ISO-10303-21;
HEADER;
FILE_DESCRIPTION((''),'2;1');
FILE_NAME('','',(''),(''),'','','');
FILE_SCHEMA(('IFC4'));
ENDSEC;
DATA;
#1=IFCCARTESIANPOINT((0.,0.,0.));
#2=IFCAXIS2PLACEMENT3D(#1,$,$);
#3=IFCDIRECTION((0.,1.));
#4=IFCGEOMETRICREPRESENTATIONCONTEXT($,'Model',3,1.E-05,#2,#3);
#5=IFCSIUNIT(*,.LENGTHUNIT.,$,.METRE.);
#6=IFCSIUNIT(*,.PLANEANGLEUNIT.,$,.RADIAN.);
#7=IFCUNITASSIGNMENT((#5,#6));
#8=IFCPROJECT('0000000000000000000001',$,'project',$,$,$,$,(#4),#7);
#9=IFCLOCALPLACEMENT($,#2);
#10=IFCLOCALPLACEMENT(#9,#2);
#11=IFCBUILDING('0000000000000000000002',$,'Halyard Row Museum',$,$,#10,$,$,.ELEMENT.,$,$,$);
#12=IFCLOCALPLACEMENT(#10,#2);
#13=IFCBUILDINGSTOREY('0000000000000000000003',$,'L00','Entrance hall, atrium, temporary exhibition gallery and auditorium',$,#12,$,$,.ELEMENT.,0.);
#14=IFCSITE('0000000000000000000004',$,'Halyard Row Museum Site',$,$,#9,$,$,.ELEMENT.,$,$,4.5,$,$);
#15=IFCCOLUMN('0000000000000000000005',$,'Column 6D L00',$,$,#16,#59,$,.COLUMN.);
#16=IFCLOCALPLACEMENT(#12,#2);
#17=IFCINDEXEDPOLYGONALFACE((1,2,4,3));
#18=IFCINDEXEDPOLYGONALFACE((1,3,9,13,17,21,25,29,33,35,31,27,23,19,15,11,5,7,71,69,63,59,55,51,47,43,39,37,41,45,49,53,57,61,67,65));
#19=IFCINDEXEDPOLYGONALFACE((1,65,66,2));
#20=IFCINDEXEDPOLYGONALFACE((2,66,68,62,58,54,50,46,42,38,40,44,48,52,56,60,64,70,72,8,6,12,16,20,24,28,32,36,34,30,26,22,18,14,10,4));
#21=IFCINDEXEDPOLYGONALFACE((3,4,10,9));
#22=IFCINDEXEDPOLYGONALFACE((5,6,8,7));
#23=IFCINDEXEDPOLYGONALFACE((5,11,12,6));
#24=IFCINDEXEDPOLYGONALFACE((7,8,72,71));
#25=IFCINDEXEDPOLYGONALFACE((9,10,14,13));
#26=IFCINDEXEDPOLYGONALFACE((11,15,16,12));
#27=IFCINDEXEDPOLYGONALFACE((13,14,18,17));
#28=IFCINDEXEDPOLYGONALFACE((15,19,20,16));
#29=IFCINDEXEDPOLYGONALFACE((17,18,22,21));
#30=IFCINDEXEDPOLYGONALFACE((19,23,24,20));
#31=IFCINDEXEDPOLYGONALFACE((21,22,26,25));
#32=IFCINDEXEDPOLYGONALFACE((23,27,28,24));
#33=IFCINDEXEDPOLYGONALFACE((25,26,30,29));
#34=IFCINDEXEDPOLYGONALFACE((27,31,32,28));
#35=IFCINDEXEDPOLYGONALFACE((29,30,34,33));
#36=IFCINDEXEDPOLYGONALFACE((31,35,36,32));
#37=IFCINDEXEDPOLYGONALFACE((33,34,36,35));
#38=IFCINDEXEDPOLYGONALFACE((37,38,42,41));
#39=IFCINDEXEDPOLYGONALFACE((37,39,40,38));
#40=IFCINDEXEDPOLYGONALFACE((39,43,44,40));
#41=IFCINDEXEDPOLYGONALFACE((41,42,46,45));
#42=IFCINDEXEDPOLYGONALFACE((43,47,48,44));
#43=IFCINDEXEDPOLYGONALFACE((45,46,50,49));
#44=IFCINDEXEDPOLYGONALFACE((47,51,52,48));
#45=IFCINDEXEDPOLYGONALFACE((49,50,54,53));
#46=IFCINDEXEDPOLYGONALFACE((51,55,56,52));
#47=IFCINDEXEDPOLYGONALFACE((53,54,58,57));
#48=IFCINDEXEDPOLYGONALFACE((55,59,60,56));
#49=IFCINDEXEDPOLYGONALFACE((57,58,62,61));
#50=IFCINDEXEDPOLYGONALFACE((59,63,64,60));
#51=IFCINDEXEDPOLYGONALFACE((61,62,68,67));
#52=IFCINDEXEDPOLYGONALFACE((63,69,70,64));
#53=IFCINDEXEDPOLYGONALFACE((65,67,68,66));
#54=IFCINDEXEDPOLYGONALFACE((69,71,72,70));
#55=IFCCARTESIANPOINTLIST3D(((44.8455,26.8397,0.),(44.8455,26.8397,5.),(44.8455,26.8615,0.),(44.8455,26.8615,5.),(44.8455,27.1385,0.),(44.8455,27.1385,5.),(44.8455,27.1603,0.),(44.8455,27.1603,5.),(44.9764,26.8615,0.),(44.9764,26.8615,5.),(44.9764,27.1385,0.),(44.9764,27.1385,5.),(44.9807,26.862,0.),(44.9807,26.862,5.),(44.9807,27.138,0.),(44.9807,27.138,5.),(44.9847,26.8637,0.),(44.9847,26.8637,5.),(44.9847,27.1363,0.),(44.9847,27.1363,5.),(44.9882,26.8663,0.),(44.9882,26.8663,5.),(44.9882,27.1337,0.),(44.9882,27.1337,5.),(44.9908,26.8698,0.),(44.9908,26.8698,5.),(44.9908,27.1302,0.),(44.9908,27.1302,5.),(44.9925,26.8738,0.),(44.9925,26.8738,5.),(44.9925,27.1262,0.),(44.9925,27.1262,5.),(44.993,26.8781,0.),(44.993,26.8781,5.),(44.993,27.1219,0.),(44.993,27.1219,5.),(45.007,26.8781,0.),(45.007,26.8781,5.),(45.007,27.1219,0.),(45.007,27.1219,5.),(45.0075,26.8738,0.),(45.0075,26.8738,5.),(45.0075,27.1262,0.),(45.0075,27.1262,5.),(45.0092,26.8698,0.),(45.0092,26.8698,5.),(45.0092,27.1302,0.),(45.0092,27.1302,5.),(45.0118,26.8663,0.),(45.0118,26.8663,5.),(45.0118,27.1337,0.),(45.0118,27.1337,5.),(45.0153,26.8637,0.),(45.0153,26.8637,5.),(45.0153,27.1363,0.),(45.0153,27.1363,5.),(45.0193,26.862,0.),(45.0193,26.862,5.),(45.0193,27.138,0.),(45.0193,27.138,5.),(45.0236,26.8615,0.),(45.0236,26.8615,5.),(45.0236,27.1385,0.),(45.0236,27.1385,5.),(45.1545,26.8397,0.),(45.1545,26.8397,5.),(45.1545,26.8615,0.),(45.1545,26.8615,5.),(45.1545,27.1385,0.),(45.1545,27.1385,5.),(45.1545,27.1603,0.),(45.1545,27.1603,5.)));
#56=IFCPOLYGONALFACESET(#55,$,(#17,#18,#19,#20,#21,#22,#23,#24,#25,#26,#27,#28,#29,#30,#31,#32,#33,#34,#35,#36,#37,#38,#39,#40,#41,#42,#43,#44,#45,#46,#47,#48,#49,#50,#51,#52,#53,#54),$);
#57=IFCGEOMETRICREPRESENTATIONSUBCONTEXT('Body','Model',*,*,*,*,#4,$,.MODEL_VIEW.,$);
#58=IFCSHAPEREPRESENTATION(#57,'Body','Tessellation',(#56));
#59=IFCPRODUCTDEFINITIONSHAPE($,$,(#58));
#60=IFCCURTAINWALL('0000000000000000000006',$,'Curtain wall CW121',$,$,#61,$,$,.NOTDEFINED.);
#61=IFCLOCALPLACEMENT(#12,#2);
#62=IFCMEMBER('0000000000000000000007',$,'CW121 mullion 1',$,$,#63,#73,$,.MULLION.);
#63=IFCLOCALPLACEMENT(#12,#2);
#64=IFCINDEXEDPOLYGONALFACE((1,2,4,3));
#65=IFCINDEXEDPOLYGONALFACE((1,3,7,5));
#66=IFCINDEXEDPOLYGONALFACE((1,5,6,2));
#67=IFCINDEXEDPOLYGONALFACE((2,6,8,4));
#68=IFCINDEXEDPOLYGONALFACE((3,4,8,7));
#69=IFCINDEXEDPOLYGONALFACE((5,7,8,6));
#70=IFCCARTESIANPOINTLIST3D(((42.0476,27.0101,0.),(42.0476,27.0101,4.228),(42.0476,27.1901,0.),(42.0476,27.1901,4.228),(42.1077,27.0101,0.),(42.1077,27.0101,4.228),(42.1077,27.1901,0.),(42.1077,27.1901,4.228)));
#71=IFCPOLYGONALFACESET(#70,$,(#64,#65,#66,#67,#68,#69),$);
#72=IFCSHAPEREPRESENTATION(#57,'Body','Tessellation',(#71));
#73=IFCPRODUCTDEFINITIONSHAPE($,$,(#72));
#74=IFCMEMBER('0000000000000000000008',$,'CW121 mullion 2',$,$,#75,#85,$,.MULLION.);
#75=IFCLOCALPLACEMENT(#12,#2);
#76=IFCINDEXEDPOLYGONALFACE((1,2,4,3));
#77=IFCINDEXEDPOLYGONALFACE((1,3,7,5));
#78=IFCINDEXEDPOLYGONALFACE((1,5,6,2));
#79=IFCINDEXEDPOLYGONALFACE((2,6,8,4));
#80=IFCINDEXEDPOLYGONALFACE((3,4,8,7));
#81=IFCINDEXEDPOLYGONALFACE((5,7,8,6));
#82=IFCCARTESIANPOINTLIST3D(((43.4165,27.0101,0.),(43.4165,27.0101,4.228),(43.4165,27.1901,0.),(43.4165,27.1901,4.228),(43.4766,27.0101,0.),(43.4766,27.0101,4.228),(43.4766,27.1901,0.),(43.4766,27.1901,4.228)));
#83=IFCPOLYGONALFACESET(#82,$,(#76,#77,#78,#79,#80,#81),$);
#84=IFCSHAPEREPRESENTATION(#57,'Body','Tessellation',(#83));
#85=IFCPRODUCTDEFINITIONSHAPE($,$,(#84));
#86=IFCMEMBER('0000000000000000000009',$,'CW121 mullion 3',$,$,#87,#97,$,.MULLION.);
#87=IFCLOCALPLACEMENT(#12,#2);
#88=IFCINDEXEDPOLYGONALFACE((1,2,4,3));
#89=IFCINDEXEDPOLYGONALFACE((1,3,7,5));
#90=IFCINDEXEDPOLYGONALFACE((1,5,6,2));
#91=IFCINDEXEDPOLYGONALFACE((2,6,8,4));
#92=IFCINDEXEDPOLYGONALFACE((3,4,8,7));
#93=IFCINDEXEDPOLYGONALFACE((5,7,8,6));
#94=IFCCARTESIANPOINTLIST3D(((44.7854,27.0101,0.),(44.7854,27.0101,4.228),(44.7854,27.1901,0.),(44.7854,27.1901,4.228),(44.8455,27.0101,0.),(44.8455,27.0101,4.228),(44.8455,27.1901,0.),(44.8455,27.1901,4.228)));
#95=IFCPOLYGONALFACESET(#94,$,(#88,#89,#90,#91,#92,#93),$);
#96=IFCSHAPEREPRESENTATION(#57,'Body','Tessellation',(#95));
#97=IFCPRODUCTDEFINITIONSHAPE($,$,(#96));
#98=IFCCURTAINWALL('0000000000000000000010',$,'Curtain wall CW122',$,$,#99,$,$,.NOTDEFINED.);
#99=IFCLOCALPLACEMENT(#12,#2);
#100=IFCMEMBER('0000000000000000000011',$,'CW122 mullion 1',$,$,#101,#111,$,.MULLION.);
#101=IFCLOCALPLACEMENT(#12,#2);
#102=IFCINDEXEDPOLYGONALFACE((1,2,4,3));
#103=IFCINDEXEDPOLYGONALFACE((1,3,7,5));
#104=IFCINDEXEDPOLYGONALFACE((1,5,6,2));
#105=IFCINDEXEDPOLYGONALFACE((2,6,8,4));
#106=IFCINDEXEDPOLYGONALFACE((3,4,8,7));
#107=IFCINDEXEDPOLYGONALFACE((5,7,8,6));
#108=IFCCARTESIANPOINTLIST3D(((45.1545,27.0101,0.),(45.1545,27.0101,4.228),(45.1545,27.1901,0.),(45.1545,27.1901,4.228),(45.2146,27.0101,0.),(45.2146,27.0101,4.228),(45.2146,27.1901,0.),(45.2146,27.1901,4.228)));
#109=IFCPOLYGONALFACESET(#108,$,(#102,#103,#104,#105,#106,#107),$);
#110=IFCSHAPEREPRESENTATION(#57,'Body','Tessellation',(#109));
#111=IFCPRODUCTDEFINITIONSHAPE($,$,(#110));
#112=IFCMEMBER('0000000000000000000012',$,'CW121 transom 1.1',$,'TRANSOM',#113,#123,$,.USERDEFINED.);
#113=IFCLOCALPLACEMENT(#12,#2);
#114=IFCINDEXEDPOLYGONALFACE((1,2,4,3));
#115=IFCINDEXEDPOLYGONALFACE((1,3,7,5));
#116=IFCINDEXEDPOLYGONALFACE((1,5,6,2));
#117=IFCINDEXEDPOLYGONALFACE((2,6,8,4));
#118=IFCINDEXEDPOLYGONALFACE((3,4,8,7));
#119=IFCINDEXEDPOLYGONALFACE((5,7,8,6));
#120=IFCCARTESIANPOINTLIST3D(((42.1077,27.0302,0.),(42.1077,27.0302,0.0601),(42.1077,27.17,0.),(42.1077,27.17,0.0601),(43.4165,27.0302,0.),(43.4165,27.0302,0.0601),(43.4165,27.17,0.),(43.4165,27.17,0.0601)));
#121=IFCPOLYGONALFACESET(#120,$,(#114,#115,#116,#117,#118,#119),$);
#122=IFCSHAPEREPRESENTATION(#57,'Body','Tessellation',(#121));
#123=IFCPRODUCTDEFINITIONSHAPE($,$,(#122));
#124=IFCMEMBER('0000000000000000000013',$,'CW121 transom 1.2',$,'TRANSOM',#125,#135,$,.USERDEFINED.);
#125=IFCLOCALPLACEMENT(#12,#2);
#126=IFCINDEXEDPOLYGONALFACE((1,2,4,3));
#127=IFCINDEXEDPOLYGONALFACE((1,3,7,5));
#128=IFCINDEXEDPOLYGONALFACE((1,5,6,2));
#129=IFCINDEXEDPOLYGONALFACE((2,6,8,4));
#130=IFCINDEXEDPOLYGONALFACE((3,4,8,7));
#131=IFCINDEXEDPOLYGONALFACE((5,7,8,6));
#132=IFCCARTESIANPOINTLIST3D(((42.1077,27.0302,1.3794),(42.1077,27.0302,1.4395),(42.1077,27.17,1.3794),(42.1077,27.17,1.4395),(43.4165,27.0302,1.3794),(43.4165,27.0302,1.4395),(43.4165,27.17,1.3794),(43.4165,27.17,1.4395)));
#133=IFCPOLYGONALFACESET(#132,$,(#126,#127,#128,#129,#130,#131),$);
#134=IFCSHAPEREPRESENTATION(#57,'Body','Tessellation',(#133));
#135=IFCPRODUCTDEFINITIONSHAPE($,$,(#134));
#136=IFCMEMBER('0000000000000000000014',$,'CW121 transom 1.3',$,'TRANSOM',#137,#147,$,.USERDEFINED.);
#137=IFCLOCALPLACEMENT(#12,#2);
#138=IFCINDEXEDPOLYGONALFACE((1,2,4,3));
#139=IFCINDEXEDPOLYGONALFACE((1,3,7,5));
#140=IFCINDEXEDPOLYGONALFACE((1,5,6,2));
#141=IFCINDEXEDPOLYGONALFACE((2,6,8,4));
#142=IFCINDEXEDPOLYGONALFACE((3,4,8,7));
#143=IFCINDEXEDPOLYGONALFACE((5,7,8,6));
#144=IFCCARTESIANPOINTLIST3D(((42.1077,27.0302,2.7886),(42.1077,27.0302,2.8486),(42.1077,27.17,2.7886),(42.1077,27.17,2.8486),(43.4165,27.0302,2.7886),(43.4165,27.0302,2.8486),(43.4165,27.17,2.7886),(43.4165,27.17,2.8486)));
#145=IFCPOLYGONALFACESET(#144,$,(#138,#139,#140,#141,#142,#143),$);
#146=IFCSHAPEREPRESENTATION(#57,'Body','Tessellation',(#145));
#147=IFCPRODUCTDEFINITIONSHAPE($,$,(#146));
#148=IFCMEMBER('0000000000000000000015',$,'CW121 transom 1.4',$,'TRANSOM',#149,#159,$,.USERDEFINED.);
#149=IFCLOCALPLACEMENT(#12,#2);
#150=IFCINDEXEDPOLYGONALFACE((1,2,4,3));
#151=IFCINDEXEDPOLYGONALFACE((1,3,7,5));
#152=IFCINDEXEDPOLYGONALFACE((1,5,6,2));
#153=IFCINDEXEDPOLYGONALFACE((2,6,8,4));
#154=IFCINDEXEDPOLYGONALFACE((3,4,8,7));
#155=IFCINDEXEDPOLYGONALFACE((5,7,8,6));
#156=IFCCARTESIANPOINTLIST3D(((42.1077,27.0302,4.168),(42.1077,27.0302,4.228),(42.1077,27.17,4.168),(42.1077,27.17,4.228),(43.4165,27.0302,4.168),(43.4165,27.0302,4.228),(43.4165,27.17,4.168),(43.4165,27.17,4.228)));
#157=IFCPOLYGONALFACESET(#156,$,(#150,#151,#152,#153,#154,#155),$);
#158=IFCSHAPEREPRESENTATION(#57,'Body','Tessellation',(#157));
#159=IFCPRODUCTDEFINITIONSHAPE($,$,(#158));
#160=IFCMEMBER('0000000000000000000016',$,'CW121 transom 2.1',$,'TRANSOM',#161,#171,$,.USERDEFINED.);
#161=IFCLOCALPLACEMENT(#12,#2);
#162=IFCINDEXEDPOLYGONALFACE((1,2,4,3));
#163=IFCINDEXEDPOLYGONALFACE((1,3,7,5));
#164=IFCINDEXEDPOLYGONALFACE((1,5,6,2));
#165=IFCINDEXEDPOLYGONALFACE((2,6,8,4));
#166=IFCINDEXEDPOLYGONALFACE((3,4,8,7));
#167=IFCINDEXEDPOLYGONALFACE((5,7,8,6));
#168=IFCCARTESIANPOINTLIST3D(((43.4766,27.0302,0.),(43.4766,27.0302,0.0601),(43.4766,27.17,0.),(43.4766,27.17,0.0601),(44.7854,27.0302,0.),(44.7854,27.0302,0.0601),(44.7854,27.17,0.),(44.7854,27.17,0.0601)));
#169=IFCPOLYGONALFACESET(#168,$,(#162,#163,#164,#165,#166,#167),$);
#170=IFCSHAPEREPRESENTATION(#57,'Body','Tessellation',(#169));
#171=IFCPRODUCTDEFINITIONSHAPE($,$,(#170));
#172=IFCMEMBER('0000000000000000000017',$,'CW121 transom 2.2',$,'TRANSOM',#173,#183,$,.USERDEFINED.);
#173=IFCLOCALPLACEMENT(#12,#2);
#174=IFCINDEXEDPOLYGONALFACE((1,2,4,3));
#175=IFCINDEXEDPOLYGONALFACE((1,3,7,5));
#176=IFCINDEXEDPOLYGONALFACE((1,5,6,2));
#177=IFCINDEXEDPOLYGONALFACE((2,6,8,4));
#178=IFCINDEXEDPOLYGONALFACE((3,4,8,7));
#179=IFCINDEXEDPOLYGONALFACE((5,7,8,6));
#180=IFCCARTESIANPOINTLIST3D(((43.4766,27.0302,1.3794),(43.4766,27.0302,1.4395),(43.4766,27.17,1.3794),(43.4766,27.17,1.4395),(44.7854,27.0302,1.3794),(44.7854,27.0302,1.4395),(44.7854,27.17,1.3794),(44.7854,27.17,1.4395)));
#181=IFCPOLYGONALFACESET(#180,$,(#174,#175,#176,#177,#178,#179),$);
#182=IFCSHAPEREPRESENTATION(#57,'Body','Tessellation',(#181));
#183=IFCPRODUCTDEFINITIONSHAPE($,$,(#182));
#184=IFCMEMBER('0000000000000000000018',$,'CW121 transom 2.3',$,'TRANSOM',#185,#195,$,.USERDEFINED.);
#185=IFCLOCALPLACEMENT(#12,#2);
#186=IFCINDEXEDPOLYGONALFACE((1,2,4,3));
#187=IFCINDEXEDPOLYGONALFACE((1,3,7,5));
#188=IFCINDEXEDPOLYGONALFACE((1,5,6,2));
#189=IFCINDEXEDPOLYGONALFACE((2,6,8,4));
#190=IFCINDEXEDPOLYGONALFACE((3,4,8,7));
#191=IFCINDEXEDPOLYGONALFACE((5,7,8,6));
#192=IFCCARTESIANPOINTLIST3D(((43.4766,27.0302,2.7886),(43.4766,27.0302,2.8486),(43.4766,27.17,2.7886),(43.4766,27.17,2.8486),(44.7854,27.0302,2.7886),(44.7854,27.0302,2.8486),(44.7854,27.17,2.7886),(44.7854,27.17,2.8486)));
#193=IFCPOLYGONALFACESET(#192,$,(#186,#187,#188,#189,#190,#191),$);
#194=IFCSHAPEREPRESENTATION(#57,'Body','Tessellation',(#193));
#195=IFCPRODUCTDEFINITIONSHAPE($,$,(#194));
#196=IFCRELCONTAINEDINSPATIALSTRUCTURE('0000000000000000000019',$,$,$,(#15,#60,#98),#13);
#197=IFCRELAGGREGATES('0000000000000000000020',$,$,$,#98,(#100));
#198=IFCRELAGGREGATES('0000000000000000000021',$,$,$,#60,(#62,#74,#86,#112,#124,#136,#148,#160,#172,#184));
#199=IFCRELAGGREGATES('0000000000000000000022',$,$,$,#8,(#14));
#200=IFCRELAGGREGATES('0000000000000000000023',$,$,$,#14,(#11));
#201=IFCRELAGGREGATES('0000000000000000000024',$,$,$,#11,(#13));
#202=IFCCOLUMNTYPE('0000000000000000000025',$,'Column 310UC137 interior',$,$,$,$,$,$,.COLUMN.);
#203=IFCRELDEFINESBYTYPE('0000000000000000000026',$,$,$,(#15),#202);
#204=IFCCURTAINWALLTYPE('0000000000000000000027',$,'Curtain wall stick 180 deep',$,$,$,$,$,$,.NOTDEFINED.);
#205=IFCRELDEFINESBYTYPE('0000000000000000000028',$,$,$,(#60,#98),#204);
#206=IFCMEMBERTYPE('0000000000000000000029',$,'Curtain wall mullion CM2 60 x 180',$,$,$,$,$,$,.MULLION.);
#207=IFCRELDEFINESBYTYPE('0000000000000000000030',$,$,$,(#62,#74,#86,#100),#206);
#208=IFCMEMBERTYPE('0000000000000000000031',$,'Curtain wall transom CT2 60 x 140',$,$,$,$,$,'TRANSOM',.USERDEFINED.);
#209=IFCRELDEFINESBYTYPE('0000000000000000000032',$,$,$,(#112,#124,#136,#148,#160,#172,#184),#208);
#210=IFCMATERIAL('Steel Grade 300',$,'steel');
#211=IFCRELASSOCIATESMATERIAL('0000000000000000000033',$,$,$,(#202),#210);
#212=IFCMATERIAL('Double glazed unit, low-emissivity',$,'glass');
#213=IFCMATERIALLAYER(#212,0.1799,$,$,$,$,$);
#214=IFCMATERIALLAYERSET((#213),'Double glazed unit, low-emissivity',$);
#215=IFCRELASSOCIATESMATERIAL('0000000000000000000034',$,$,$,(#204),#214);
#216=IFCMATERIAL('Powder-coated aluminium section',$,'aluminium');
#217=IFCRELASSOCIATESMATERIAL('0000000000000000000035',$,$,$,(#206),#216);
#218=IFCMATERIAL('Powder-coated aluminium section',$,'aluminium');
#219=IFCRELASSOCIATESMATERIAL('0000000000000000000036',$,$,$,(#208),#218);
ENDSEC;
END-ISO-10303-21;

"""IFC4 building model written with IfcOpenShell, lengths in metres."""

from ifc_helpers import new_model, si_unit, direction, frame, origin, origin_2d, place, context, subcontext, project, spatial, rectangle, i_section, extrude, material, layer, layer_set, material_profile, profile_set, type_object, element, aggregate, save


model = new_model("IFC4")

# Units and contexts
model_context = context("Model", 3, precision=1e-05, world=origin(), true_north=direction((0.0, 1.0)))
body_context = subcontext(model_context, "Body", "Model", "MODEL_VIEW")
ifc_project = project(units=[si_unit("LENGTHUNIT", "METRE"), si_unit("PLANEANGLEUNIT", "RADIAN")], contexts=[model_context])

# Site, building, storey
site_placement = place(None, origin())
site = spatial("IfcSite", under=ifc_project, at=site_placement, Name="Halyard Row Museum Site", CompositionType="ELEMENT", RefElevation=4.5)
building_placement = place(site_placement, origin())
building = spatial("IfcBuilding", under=site, at=building_placement, Name="Halyard Row Museum", CompositionType="ELEMENT")
storey_placement = place(building_placement, origin())
storey = spatial("IfcBuildingStorey", under=building, at=storey_placement, Name="L00", Description="Entrance hall, atrium, temporary exhibition gallery and auditorium", CompositionType="ELEMENT", Elevation=0.0)

# Column
ifc_material_1 = material(Name="Steel Grade 300", Category="steel")
ifc_material_profile_1 = material_profile(ifc_material_1, i_section(OverallWidth=0.3091, OverallDepth=0.3206, WebThickness=0.0139, FlangeThickness=0.0217, FilletRadius=0.0166, at=origin_2d()), Name="310UC137")
ifc_profile_set_1 = profile_set([ifc_material_profile_1], Name="Steel Grade 300")
column_type = type_object("IfcColumnType", Name="Column 310UC137 interior", PredefinedType="COLUMN", material=ifc_profile_set_1)
column_placement = place(storey_placement, frame((45.0, 27.0, 0.0), z_axis=(0.0, 0.0, 1.0), x_axis=(1.0, 0.0, 0.0)))
element("IfcColumn", 1, at=column_placement, inside=storey, type_object=column_type, Name="Column 6D L00", PredefinedType="COLUMN", context=body_context, shape_type="SweptSolid", body=[
    extrude(i_section(OverallWidth=0.3091, OverallDepth=0.3206, WebThickness=0.0139, FlangeThickness=0.0217, FilletRadius=0.0166, at=origin_2d()), origin(), (0.0, 0.0, 1.0), 5.0),
])

# Curtain wall, members
ifc_material_2 = material(Name="Double glazed unit, low-emissivity", Category="glass")
ifc_layer_1 = layer(ifc_material_2, 0.1799)
ifc_layer_set_1 = layer_set([ifc_layer_1], Name="Double glazed unit, low-emissivity")
curtain_wall_type = type_object("IfcCurtainWallType", Name="Curtain wall stick 180 deep", PredefinedType="NOTDEFINED", material=ifc_layer_set_1)
curtain_wall_1_placement = place(storey_placement, origin())
curtain_wall_1 = element("IfcCurtainWall", 2, at=curtain_wall_1_placement, inside=storey, type_object=curtain_wall_type, Name="Curtain wall CW121", PredefinedType="NOTDEFINED")
ifc_material_3 = material(Name="Powder-coated aluminium section", Category="aluminium")
ifc_material_profile_2 = material_profile(ifc_material_3, rectangle(XDim=0.1799, YDim=0.0601, at=origin_2d()), Name="180x60 mullion")
ifc_profile_set_2 = profile_set([ifc_material_profile_2], Name="Powder-coated aluminium section")
member_type_1 = type_object("IfcMemberType", Name="Curtain wall mullion CM2 60 x 180", PredefinedType="MULLION", material=ifc_profile_set_2)
member_1_placement = place(storey_placement, frame((42.0776, 27.1001, 0.0), z_axis=(0.0, 0.0, 1.0), x_axis=(0.0, 1.0, 0.0)))
member_1 = element("IfcMember", 3, at=member_1_placement, type_object=member_type_1, Name="CW121 mullion 1", PredefinedType="MULLION", context=body_context, shape_type="SweptSolid", body=[
    extrude(rectangle(XDim=0.1799, YDim=0.0601, at=origin_2d()), origin(), (0.0, 0.0, 1.0), 4.228),
])
member_2_placement = place(storey_placement, frame((43.4465, 27.1001, 0.0), z_axis=(0.0, 0.0, 1.0), x_axis=(0.0, 1.0, 0.0)))
member_2 = element("IfcMember", 4, at=member_2_placement, type_object=member_type_1, Name="CW121 mullion 2", PredefinedType="MULLION", context=body_context, shape_type="SweptSolid", body=[
    extrude(rectangle(XDim=0.1799, YDim=0.0601, at=origin_2d()), origin(), (0.0, 0.0, 1.0), 4.228),
])
member_3_placement = place(storey_placement, frame((44.8154, 27.1001, 0.0), z_axis=(0.0, 0.0, 1.0), x_axis=(0.0, 1.0, 0.0)))
member_3 = element("IfcMember", 5, at=member_3_placement, type_object=member_type_1, Name="CW121 mullion 3", PredefinedType="MULLION", context=body_context, shape_type="SweptSolid", body=[
    extrude(rectangle(XDim=0.1799, YDim=0.0601, at=origin_2d()), origin(), (0.0, 0.0, 1.0), 4.228),
])

# Curtain wall, member
curtain_wall_2_placement = place(storey_placement, origin())
curtain_wall_2 = element("IfcCurtainWall", 6, at=curtain_wall_2_placement, inside=storey, type_object=curtain_wall_type, Name="Curtain wall CW122", PredefinedType="NOTDEFINED")
member_4_placement = place(storey_placement, frame((45.1846, 27.1001, 0.0), z_axis=(0.0, 0.0, 1.0), x_axis=(0.0, 1.0, 0.0)))
member_4 = element("IfcMember", 7, at=member_4_placement, type_object=member_type_1, Name="CW122 mullion 1", PredefinedType="MULLION", context=body_context, shape_type="SweptSolid", body=[
    extrude(rectangle(XDim=0.1799, YDim=0.0601, at=origin_2d()), origin(), (0.0, 0.0, 1.0), 4.228),
])

# Members
ifc_material_4 = material(Name="Powder-coated aluminium section", Category="aluminium")
ifc_material_profile_3 = material_profile(ifc_material_4, rectangle(XDim=0.1399, YDim=0.0601, at=origin_2d()), Name="140x60 transom")
ifc_profile_set_3 = profile_set([ifc_material_profile_3], Name="Powder-coated aluminium section")
member_type_2 = type_object("IfcMemberType", Name="Curtain wall transom CT2 60 x 140", ElementType="TRANSOM", PredefinedType="USERDEFINED", material=ifc_profile_set_3)
member_5_placement = place(storey_placement, frame((42.1077, 27.1001, 0.03), z_axis=(1.0, 0.0, 0.0), x_axis=(0.0, 1.0, 0.0)))
member_5 = element("IfcMember", 8, at=member_5_placement, type_object=member_type_2, Name="CW121 transom 1.1", ObjectType="TRANSOM", PredefinedType="USERDEFINED", context=body_context, shape_type="SweptSolid", body=[
    extrude(rectangle(XDim=0.1399, YDim=0.0601, at=origin_2d()), origin(), (0.0, 0.0, 1.0), 1.3088),
])
member_6_placement = place(storey_placement, frame((42.1077, 27.1001, 1.4094), z_axis=(1.0, 0.0, 0.0), x_axis=(0.0, 1.0, 0.0)))
member_6 = element("IfcMember", 9, at=member_6_placement, type_object=member_type_2, Name="CW121 transom 1.2", ObjectType="TRANSOM", PredefinedType="USERDEFINED", context=body_context, shape_type="SweptSolid", body=[
    extrude(rectangle(XDim=0.1399, YDim=0.0601, at=origin_2d()), origin(), (0.0, 0.0, 1.0), 1.3088),
])
member_7_placement = place(storey_placement, frame((42.1077, 27.1001, 2.8186), z_axis=(1.0, 0.0, 0.0), x_axis=(0.0, 1.0, 0.0)))
member_7 = element("IfcMember", 10, at=member_7_placement, type_object=member_type_2, Name="CW121 transom 1.3", ObjectType="TRANSOM", PredefinedType="USERDEFINED", context=body_context, shape_type="SweptSolid", body=[
    extrude(rectangle(XDim=0.1399, YDim=0.0601, at=origin_2d()), origin(), (0.0, 0.0, 1.0), 1.3088),
])
member_8_placement = place(storey_placement, frame((42.1077, 27.1001, 4.198), z_axis=(1.0, 0.0, 0.0), x_axis=(0.0, 1.0, 0.0)))
member_8 = element("IfcMember", 11, at=member_8_placement, type_object=member_type_2, Name="CW121 transom 1.4", ObjectType="TRANSOM", PredefinedType="USERDEFINED", context=body_context, shape_type="SweptSolid", body=[
    extrude(rectangle(XDim=0.1399, YDim=0.0601, at=origin_2d()), origin(), (0.0, 0.0, 1.0), 1.3088),
])
member_9_placement = place(storey_placement, frame((43.4766, 27.1001, 0.03), z_axis=(1.0, 0.0, 0.0), x_axis=(0.0, 1.0, 0.0)))
member_9 = element("IfcMember", 12, at=member_9_placement, type_object=member_type_2, Name="CW121 transom 2.1", ObjectType="TRANSOM", PredefinedType="USERDEFINED", context=body_context, shape_type="SweptSolid", body=[
    extrude(rectangle(XDim=0.1399, YDim=0.0601, at=origin_2d()), origin(), (0.0, 0.0, 1.0), 1.3088),
])
member_10_placement = place(storey_placement, frame((43.4766, 27.1001, 1.4094), z_axis=(1.0, 0.0, 0.0), x_axis=(0.0, 1.0, 0.0)))
member_10 = element("IfcMember", 13, at=member_10_placement, type_object=member_type_2, Name="CW121 transom 2.2", ObjectType="TRANSOM", PredefinedType="USERDEFINED", context=body_context, shape_type="SweptSolid", body=[
    extrude(rectangle(XDim=0.1399, YDim=0.0601, at=origin_2d()), origin(), (0.0, 0.0, 1.0), 1.3088),
])
member_11_placement = place(storey_placement, frame((43.4766, 27.1001, 2.8186), z_axis=(1.0, 0.0, 0.0), x_axis=(0.0, 1.0, 0.0)))
member_11 = element("IfcMember", 14, at=member_11_placement, type_object=member_type_2, Name="CW121 transom 2.3", ObjectType="TRANSOM", PredefinedType="USERDEFINED", context=body_context, shape_type="SweptSolid", body=[
    extrude(rectangle(XDim=0.1399, YDim=0.0601, at=origin_2d()), origin(), (0.0, 0.0, 1.0), 1.3088),
])
aggregate(curtain_wall_2, [member_4])

aggregate(curtain_wall_1, [member_1, member_2, member_3, member_5, member_6, member_7, member_8, member_9, member_10, member_11])

save(model, "model.ifc")
